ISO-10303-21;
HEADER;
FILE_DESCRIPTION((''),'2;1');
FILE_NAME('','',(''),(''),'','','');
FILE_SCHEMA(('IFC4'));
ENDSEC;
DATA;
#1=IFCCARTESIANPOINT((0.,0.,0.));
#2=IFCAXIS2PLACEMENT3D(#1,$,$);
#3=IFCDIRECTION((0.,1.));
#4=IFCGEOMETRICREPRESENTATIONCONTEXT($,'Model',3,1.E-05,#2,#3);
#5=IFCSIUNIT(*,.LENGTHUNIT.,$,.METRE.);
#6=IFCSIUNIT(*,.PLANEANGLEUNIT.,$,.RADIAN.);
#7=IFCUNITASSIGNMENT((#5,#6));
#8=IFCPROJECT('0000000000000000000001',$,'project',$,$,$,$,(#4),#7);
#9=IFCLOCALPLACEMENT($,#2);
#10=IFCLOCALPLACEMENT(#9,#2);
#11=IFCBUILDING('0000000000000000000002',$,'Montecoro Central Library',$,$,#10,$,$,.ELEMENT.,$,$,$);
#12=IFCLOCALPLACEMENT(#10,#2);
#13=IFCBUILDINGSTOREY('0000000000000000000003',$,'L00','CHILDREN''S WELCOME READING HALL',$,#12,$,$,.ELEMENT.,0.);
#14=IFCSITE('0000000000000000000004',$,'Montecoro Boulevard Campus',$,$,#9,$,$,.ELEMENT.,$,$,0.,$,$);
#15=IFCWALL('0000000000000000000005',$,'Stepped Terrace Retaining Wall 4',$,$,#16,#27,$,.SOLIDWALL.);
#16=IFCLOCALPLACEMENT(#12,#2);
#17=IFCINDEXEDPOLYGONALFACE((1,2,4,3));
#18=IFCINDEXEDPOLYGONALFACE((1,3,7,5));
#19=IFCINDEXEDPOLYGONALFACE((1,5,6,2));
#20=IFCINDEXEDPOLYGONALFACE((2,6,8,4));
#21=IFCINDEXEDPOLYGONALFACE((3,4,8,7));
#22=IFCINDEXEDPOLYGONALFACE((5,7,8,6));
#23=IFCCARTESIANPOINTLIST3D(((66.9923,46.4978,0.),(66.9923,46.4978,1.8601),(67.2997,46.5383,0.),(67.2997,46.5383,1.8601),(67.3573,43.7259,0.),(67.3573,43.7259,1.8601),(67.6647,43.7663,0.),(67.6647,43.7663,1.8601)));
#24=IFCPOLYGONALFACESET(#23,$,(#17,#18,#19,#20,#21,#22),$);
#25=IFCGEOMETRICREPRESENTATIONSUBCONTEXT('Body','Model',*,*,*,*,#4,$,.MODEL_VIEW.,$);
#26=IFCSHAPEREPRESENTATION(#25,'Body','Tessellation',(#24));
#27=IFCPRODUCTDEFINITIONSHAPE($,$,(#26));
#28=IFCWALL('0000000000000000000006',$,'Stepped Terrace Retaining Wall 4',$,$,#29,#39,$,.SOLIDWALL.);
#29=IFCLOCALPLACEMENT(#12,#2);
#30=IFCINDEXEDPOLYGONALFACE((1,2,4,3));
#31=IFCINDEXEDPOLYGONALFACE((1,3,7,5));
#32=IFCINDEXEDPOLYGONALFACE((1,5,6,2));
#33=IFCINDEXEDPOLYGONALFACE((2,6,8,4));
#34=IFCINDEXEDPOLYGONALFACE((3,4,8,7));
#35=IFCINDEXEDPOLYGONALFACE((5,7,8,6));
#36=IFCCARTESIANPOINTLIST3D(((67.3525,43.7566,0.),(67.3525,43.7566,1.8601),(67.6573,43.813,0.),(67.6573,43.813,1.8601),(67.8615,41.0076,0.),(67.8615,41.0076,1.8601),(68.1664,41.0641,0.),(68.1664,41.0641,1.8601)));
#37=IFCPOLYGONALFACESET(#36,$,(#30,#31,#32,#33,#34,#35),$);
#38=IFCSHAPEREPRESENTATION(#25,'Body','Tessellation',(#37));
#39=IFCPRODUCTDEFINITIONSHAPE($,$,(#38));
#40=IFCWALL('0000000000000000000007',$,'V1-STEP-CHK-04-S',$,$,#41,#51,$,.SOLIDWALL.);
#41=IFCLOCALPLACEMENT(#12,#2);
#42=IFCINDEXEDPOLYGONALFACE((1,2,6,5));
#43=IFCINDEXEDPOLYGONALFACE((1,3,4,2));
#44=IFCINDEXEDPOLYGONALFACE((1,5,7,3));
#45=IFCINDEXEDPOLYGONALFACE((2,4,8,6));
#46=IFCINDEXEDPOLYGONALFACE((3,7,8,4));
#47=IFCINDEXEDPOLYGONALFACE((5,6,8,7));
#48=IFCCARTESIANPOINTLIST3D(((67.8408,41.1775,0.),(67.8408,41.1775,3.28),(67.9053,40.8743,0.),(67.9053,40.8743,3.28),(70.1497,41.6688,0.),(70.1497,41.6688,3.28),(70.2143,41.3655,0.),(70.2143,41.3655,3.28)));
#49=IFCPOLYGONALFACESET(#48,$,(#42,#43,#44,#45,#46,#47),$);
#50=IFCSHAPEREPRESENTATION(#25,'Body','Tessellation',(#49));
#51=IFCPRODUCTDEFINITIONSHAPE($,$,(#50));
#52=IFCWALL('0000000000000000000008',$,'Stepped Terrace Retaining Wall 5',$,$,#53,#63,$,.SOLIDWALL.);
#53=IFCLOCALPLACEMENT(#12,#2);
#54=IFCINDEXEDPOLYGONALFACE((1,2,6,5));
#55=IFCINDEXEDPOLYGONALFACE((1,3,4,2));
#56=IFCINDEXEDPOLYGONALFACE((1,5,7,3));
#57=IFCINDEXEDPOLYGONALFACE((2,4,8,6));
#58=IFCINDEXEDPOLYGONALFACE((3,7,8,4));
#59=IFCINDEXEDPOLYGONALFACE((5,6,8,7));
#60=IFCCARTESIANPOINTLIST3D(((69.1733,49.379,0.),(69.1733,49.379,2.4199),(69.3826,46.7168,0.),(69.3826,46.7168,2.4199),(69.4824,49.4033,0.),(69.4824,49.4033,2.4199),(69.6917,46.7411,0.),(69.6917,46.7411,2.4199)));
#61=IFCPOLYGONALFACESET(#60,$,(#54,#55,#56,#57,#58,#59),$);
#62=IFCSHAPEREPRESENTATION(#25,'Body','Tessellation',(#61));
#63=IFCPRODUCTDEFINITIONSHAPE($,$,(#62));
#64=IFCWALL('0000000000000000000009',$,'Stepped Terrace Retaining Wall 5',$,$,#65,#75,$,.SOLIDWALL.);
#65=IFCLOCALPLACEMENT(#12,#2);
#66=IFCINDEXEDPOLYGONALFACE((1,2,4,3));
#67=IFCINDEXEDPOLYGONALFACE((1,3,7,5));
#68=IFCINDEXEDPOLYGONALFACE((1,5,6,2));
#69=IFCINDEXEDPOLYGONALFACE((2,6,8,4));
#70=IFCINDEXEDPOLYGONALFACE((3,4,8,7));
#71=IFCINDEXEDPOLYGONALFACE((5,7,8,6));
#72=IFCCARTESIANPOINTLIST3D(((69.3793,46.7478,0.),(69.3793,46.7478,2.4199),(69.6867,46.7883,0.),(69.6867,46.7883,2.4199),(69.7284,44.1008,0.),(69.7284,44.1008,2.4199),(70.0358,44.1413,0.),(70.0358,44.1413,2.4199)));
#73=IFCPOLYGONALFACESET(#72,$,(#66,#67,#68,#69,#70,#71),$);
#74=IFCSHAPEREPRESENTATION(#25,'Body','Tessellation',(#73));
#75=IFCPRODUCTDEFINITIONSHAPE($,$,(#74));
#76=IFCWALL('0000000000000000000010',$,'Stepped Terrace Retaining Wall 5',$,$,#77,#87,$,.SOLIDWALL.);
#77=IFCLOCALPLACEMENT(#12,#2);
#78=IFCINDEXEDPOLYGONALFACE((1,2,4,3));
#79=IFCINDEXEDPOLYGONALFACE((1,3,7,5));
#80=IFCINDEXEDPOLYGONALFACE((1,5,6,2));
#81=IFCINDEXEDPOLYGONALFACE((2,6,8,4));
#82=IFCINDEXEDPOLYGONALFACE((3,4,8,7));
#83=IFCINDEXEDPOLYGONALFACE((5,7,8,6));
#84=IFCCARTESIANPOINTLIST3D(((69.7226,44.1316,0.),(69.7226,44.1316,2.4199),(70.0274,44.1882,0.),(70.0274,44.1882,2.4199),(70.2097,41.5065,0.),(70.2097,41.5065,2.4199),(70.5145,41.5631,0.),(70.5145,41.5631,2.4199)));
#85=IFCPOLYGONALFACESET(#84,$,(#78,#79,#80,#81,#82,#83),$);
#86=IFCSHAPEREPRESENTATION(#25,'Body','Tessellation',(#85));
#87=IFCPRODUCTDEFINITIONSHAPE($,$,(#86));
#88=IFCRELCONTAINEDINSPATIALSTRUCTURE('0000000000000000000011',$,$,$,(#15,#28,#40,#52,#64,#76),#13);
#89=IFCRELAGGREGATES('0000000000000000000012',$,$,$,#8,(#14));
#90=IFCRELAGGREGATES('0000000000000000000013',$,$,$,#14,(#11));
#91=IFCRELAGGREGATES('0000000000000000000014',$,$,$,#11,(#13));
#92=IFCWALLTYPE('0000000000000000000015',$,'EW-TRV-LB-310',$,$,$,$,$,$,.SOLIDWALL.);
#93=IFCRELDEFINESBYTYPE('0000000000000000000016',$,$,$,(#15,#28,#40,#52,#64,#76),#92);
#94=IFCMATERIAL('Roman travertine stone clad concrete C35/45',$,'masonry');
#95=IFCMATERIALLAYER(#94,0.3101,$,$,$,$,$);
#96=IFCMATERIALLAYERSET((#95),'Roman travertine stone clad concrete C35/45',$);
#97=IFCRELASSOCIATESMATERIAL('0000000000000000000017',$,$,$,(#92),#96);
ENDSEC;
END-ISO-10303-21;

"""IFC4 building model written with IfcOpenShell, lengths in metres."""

from ifc_helpers import new_model, si_unit, direction, frame, frame_2d, origin, place, context, subcontext, project, spatial, rectangle, extrude, material, layer, layer_set, type_object, element, save


model = new_model("IFC4")

# Units and contexts
model_context = context("Model", 3, precision=1e-05, world=origin(), true_north=direction((0.0, 1.0)))
body_context = subcontext(model_context, "Body", "Model", "MODEL_VIEW")
ifc_project = project(units=[si_unit("LENGTHUNIT", "METRE"), si_unit("PLANEANGLEUNIT", "RADIAN")], contexts=[model_context])

# Site, building, storey
site_placement = place(None, origin())
site = spatial("IfcSite", under=ifc_project, at=site_placement, Name="Montecoro Boulevard Campus", CompositionType="ELEMENT", RefElevation=0.0)
building_placement = place(site_placement, origin())
building = spatial("IfcBuilding", under=site, at=building_placement, Name="Montecoro Central Library", CompositionType="ELEMENT")
storey_placement = place(building_placement, origin())
storey = spatial("IfcBuildingStorey", under=building, at=storey_placement, Name="L00", Description="CHILDREN'S WELCOME READING HALL", CompositionType="ELEMENT", Elevation=0.0)

# Walls
ifc_material_1 = material(Name="Roman travertine stone clad concrete C35/45", Category="masonry")
ifc_layer = layer(ifc_material_1, 0.3101)
ifc_layer_set = layer_set([ifc_layer], Name="Roman travertine stone clad concrete C35/45")
wall_type = type_object("IfcWallType", Name="EW-TRV-LB-310", PredefinedType="SOLIDWALL", material=ifc_layer_set)
wall_1_placement = place(storey_placement, frame((67.146, 46.5181, 0.0), z_axis=(0.0, 0.0, 1.0), x_axis=(0.130545, -0.991442, 0.0)))
element("IfcWall", 1, at=wall_1_placement, inside=storey, type_object=wall_type, Name="Stepped Terrace Retaining Wall 4", PredefinedType="SOLIDWALL", context=body_context, shape_type="SweptSolid", body=[
    extrude(rectangle(XDim=2.7959, YDim=0.3101, at=frame_2d((1.3979, 0.0))), origin(), (0.0, 0.0, 1.0), 1.8601),
])
wall_2_placement = place(storey_placement, frame((67.5049, 43.7849, 0.0), z_axis=(0.0, 0.0, 1.0), x_axis=(0.182074, -0.983285, 0.0)))
element("IfcWall", 2, at=wall_2_placement, inside=storey, type_object=wall_type, Name="Stepped Terrace Retaining Wall 4", PredefinedType="SOLIDWALL", context=body_context, shape_type="SweptSolid", body=[
    extrude(rectangle(XDim=2.7957, YDim=0.3101, at=frame_2d((1.3979, 0.0))), origin(), (0.0, 0.0, 1.0), 1.8601),
])
wall_3_placement = place(storey_placement, frame((70.1819, 41.5171, 0.0), z_axis=(0.0, 0.0, 1.0), x_axis=(-0.978109, -0.208095, 0.0)))
element("IfcWall", 3, at=wall_3_placement, inside=storey, type_object=wall_type, Name="V1-STEP-CHK-04-S", PredefinedType="SOLIDWALL", context=body_context, shape_type="SweptSolid", body=[
    extrude(rectangle(XDim=2.3606, YDim=0.3101, at=frame_2d((1.1802, 0.0))), origin(), (0.0, 0.0, 1.0), 3.28),
])
wall_4_placement = place(storey_placement, frame((69.3279, 49.3911, 0.0), z_axis=(0.0, 0.0, 1.0), x_axis=(0.078353, -0.996926, 0.0)))
element("IfcWall", 4, at=wall_4_placement, inside=storey, type_object=wall_type, Name="Stepped Terrace Retaining Wall 5", PredefinedType="SOLIDWALL", context=body_context, shape_type="SweptSolid", body=[
    extrude(rectangle(XDim=2.6704, YDim=0.3101, at=frame_2d((1.3352, 0.0))), origin(), (0.0, 0.0, 1.0), 2.4199),
])
for number, where, z_axis, x_axis, name in (
    (5, (69.533, 46.7681, 0.0), (0.0, 0.0, 1.0), (0.130762, -0.991414, 0.0), "Stepped Terrace Retaining Wall 5"),
    (6, (69.875, 44.1599, 0.0), (0.0, 0.0, 1.0), (0.182433, -0.983218, 0.0), "Stepped Terrace Retaining Wall 5"),
):
    element("IfcWall", number, at=place(storey_placement, frame(where, z_axis=z_axis, x_axis=x_axis)), inside=storey, type_object=wall_type, Name=name, PredefinedType="SOLIDWALL", context=body_context, shape_type="SweptSolid", body=[
        extrude(rectangle(XDim=2.6699, YDim=0.3101, at=frame_2d((1.335, 0.0))), origin(), (0.0, 0.0, 1.0), 2.4199),
    ])

save(model, "model.ifc")
